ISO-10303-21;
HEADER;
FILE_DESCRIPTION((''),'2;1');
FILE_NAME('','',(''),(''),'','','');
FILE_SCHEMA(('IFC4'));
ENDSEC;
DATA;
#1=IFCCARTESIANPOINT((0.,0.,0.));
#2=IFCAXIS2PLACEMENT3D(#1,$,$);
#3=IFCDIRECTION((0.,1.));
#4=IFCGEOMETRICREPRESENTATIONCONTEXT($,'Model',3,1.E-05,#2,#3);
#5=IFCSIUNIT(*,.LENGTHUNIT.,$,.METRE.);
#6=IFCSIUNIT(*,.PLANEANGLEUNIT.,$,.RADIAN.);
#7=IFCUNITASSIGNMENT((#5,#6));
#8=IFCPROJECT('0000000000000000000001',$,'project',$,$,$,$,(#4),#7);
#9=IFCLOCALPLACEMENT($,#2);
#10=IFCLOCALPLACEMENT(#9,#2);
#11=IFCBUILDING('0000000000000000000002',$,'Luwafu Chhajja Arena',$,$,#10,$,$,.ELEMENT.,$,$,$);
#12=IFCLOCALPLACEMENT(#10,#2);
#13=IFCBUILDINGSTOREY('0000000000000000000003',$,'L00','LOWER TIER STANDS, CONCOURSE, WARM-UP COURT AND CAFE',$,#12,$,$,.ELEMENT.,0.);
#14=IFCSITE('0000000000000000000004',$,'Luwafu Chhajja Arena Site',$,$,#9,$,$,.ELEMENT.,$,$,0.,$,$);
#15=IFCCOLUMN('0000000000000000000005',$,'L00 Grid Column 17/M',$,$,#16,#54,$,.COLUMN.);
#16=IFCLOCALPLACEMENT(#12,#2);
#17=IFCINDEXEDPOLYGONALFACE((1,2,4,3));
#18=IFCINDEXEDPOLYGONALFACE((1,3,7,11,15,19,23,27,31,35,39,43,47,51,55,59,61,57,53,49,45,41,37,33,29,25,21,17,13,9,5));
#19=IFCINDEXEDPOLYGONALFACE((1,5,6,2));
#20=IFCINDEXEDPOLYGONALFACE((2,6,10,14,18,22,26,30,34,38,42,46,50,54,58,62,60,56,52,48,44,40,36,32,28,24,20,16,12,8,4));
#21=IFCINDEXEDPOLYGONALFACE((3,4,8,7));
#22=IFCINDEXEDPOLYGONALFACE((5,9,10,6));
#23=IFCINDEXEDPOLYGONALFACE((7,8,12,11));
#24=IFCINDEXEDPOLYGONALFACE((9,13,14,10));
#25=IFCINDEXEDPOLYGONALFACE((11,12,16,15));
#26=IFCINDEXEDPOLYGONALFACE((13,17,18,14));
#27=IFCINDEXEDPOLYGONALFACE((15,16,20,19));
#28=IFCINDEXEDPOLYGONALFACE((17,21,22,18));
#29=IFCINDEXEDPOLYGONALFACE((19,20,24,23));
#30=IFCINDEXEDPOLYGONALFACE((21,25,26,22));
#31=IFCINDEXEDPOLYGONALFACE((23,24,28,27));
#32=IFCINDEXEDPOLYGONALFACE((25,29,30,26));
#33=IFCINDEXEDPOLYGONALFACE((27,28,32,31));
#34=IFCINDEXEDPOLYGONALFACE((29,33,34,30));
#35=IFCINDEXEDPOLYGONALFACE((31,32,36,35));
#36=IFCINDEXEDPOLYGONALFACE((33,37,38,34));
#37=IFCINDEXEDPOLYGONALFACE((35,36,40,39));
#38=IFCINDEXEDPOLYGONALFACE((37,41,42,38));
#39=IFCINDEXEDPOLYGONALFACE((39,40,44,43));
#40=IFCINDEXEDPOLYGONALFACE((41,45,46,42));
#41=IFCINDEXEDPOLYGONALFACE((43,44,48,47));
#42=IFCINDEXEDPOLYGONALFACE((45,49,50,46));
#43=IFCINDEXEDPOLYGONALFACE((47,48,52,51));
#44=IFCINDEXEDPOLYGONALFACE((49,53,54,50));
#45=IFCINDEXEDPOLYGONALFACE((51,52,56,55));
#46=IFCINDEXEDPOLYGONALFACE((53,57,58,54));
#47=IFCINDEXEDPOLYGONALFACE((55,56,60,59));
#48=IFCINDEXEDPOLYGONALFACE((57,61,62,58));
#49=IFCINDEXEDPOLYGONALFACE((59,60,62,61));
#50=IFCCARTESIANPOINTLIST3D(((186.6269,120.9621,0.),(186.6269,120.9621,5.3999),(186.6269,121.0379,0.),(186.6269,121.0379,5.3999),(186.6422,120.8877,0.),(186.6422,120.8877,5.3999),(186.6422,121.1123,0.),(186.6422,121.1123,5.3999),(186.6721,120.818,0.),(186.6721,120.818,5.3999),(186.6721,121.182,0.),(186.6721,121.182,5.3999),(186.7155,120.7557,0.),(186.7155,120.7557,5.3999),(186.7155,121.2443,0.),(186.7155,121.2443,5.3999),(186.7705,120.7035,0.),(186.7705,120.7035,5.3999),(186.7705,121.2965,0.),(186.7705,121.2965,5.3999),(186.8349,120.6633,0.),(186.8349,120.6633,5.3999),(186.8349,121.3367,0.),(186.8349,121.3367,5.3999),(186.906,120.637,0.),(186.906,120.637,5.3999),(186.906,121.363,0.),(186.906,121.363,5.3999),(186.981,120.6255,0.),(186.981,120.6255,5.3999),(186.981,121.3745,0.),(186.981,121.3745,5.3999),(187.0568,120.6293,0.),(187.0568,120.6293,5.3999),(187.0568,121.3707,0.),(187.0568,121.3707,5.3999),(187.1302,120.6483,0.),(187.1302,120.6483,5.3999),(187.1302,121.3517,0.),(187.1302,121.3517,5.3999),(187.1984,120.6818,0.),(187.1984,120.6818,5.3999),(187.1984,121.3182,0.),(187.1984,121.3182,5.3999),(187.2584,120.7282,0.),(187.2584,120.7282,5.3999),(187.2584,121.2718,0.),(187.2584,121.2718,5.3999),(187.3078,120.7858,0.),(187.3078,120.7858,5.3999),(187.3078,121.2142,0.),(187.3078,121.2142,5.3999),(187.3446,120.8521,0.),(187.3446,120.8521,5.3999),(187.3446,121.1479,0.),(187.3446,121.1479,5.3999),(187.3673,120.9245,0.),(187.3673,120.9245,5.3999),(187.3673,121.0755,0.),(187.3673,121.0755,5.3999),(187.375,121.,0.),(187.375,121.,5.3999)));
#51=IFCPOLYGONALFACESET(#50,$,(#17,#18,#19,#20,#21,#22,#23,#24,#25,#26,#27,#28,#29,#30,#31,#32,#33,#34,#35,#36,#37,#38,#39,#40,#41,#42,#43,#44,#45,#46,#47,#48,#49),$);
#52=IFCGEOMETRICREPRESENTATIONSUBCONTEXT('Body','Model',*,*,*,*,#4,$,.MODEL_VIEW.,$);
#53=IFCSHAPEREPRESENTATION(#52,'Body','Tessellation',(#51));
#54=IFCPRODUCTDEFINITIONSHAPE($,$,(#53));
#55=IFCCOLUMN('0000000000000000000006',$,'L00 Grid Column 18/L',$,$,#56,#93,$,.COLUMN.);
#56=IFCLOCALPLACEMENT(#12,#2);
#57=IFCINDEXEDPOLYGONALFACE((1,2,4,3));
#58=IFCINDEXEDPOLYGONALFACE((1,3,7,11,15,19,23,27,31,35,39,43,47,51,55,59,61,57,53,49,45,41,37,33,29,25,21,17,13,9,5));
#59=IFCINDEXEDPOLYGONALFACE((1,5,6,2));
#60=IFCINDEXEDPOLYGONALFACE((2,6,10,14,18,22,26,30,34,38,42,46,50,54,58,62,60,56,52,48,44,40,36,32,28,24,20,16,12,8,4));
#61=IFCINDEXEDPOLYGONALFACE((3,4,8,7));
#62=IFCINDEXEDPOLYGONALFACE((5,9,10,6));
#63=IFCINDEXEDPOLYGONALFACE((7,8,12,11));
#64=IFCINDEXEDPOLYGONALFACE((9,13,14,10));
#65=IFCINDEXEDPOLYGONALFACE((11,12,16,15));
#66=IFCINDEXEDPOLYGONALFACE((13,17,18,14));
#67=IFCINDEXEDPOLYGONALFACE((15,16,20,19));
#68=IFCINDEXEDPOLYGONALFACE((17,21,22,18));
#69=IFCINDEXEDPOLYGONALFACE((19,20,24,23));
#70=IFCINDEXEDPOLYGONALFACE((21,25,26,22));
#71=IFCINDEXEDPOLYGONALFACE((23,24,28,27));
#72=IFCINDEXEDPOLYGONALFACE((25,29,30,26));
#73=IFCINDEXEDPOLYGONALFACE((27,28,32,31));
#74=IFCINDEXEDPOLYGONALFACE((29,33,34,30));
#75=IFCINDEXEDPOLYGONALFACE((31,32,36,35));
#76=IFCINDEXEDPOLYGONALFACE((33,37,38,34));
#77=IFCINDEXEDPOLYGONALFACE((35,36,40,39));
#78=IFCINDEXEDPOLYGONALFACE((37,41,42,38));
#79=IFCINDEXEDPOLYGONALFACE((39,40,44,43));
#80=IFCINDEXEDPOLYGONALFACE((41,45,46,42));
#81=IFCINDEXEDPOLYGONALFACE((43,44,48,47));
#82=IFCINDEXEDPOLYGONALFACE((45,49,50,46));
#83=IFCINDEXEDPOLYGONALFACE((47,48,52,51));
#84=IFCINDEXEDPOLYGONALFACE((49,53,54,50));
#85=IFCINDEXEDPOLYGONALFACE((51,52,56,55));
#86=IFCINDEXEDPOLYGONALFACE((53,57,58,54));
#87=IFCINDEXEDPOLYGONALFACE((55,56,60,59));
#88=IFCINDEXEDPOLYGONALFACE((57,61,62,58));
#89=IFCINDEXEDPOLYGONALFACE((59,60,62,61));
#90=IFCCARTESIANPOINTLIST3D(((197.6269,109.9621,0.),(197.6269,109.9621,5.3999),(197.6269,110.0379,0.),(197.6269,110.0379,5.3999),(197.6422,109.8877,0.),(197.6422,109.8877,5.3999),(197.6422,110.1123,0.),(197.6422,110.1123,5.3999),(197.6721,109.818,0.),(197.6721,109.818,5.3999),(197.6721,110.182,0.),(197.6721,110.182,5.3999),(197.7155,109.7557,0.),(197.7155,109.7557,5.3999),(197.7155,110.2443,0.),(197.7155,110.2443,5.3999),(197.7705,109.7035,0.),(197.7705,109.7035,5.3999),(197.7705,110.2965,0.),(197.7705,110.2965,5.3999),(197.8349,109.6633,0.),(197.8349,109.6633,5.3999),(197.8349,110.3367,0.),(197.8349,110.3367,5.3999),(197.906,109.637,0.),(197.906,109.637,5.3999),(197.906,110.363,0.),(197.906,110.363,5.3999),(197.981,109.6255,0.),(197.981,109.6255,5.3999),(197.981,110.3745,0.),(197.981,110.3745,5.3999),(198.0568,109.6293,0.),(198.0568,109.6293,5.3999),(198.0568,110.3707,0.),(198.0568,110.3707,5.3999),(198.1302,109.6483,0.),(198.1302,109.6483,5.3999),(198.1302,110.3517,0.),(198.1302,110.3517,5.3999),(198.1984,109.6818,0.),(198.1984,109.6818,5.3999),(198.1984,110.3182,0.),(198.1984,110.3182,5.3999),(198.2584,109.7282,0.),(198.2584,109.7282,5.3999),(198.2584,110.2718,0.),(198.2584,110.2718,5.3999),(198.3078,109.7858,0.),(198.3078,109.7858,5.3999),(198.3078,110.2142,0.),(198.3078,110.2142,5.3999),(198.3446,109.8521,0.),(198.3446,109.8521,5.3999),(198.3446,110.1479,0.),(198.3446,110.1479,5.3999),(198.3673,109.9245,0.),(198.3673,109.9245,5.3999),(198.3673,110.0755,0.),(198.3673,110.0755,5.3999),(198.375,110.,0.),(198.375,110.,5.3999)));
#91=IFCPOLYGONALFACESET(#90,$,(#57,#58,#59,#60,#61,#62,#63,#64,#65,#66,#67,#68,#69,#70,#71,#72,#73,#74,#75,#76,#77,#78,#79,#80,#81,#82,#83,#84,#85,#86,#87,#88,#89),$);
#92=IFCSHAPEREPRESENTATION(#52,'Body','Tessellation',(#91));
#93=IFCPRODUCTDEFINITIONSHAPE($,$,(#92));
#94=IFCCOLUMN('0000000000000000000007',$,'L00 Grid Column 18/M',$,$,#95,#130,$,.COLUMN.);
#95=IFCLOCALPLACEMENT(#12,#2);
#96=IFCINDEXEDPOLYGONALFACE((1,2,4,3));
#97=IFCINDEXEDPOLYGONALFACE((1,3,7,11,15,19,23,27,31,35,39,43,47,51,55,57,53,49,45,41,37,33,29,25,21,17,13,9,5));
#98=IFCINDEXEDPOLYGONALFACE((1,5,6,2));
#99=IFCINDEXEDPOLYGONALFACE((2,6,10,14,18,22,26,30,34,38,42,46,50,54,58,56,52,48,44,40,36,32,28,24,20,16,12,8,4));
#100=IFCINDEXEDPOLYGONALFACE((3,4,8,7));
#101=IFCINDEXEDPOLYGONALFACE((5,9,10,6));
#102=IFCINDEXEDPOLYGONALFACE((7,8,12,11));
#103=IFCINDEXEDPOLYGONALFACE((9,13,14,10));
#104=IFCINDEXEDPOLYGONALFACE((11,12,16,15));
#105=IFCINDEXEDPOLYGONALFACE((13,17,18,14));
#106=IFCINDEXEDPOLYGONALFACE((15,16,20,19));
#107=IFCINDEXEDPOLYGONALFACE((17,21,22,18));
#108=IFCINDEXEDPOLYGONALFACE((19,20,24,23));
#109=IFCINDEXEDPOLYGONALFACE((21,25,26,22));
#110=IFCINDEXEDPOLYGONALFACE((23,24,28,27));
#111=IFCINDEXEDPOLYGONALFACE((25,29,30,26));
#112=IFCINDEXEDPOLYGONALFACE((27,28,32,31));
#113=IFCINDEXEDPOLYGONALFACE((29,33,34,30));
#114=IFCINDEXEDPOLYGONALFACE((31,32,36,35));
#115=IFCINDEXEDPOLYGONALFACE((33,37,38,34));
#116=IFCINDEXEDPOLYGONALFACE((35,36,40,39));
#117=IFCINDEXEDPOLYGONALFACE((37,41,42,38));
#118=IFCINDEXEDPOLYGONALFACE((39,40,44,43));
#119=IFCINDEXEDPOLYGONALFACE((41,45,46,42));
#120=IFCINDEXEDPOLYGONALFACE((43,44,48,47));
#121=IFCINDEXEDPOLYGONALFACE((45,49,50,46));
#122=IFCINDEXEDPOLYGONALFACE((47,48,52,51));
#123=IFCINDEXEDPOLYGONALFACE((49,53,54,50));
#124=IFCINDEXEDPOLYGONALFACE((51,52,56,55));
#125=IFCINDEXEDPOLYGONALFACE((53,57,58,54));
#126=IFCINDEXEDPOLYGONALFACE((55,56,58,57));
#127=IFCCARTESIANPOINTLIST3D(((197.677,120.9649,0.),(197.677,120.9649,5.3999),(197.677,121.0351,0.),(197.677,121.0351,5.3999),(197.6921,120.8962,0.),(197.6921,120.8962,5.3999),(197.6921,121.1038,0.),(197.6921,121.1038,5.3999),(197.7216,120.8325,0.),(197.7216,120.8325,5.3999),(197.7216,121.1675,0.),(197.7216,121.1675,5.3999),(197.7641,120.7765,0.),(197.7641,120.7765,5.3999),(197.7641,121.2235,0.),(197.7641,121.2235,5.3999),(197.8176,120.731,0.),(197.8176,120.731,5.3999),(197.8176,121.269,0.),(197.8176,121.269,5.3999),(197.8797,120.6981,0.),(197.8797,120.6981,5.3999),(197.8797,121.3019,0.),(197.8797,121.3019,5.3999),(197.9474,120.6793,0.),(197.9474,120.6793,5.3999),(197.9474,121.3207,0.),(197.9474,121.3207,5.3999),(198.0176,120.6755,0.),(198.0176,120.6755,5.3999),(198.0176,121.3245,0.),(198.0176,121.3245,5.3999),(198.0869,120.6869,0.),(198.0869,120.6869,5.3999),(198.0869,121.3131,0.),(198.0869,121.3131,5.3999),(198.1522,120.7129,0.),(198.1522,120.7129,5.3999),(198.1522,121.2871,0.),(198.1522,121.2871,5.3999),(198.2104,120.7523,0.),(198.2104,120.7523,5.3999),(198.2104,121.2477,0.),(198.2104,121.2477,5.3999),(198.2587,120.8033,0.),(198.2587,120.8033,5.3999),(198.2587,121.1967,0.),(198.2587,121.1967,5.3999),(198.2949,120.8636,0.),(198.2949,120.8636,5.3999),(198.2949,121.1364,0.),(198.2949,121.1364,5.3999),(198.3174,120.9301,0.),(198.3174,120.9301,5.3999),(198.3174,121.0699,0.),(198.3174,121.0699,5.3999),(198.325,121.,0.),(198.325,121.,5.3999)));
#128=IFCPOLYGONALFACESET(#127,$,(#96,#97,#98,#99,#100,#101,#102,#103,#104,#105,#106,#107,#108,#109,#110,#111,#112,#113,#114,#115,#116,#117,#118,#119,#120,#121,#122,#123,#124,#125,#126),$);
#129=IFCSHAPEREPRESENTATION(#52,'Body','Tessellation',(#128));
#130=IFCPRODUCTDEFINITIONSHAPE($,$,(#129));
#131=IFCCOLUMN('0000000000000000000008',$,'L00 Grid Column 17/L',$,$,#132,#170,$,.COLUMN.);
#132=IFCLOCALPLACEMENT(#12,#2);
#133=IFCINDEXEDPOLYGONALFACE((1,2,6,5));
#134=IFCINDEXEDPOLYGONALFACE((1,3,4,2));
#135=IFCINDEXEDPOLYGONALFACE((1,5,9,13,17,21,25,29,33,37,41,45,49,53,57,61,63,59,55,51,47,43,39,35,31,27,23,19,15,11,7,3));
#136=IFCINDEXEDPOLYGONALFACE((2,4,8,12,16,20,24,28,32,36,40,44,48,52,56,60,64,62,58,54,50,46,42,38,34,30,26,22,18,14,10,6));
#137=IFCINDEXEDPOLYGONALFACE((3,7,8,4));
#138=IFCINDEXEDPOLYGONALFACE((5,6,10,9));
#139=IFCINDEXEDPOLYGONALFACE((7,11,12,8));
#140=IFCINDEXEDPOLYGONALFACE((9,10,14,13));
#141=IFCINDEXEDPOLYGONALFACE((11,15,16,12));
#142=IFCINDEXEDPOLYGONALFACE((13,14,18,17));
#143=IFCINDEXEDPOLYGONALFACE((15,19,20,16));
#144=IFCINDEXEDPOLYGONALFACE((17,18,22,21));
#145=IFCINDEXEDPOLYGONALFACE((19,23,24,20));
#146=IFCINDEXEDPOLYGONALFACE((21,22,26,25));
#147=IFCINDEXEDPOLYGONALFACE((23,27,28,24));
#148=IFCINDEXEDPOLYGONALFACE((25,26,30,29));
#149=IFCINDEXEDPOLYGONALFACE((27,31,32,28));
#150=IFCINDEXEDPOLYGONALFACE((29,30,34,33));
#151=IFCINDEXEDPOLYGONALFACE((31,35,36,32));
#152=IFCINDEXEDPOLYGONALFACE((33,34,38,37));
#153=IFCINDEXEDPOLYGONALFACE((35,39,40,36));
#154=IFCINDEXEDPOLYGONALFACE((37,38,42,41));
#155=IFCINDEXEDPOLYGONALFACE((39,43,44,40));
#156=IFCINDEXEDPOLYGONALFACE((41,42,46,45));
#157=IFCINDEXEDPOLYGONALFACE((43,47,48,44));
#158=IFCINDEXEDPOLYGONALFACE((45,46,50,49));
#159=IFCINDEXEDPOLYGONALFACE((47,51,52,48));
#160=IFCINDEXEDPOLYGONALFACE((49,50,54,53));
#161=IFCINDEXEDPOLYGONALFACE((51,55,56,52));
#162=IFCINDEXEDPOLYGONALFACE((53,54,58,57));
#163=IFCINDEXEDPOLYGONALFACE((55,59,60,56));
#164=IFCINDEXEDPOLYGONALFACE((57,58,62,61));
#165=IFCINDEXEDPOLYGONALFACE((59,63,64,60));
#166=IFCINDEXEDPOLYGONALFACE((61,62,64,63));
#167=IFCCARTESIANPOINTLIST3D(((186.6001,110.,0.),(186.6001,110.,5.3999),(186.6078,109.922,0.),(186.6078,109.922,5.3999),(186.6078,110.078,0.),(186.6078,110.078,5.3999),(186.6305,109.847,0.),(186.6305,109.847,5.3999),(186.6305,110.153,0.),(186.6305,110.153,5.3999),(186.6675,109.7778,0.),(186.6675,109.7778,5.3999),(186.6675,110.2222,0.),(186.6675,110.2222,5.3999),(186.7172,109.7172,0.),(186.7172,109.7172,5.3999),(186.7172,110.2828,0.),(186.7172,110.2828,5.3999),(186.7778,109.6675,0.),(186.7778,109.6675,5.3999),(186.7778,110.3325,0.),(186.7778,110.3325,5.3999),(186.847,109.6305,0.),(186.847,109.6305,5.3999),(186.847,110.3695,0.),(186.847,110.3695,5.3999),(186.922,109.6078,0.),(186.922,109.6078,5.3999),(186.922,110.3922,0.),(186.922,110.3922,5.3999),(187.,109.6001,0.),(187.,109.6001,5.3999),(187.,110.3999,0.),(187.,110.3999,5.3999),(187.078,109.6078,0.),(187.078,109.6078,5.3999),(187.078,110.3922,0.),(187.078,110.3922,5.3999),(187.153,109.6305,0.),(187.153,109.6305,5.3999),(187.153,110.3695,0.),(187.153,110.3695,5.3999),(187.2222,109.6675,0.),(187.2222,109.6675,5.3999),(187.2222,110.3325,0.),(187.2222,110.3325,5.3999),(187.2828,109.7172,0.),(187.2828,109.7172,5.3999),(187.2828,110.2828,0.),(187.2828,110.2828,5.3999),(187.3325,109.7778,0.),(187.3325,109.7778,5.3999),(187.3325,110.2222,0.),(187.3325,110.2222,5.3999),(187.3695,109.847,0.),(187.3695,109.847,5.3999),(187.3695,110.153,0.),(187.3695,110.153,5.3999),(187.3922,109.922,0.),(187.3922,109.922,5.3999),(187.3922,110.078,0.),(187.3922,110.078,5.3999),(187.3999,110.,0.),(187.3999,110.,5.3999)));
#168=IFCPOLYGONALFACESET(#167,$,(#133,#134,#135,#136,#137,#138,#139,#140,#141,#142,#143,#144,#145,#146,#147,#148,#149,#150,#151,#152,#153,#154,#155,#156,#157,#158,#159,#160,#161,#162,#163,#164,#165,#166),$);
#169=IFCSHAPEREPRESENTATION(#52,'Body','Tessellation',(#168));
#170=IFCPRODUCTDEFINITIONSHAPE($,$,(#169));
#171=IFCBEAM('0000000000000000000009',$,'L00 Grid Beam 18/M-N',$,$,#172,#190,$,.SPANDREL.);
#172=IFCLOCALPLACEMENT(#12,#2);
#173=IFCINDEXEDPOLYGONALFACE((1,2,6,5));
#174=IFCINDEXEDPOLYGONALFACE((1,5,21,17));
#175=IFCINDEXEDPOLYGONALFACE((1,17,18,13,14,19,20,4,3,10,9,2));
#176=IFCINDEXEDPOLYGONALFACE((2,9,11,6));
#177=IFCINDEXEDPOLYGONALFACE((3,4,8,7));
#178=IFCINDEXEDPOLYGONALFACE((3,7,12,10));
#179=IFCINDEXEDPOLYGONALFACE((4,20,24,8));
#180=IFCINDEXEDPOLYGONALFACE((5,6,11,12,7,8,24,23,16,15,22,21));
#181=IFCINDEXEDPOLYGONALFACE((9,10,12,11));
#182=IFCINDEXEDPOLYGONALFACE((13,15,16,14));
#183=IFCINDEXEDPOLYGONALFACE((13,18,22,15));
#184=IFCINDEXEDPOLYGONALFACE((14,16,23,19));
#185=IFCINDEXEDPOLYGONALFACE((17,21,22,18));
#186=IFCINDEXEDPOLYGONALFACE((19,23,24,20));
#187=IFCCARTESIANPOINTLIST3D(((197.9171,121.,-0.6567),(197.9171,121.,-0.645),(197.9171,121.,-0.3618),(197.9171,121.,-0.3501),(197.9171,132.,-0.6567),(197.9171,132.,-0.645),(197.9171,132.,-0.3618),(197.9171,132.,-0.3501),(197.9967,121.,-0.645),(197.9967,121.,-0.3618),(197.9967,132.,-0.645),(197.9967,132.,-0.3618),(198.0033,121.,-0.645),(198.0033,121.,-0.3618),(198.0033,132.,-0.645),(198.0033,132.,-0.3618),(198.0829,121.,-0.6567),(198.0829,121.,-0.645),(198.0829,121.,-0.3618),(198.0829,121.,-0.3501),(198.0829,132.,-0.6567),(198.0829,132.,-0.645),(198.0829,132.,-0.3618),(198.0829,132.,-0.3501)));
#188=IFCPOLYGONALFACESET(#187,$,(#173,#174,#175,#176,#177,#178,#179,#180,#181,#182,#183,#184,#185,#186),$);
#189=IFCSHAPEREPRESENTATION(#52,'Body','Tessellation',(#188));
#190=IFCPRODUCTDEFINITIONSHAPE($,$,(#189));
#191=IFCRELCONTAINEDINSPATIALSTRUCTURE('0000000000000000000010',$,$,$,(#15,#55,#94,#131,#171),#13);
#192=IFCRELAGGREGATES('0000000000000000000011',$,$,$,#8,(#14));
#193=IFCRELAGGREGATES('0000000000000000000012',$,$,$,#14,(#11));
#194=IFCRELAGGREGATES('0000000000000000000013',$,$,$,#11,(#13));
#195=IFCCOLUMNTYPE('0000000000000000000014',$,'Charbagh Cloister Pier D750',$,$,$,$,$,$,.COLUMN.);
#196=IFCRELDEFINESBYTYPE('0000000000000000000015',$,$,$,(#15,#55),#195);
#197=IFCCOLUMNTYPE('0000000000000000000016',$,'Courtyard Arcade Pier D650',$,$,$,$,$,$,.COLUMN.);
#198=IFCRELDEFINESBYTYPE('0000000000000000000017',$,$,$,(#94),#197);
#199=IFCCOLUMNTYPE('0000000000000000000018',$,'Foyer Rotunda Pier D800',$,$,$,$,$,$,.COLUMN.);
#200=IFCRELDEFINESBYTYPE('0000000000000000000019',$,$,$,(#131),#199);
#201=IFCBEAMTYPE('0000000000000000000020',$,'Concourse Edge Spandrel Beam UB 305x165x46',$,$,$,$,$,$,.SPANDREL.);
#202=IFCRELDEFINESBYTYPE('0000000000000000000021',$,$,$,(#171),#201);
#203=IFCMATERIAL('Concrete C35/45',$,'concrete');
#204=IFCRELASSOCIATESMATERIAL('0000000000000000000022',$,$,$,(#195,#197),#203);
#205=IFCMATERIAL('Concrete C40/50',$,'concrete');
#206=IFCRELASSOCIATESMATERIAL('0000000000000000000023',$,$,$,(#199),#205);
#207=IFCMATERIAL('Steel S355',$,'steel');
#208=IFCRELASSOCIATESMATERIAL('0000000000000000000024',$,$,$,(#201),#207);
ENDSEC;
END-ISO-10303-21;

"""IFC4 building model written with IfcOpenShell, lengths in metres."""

from ifc_helpers import new_model, si_unit, direction, frame, origin, origin_2d, place, context, subcontext, project, spatial, circle, i_section, extrude, material, material_profile, profile_set, type_object, element, save


model = new_model("IFC4")

# Units and contexts
model_context = context("Model", 3, precision=1e-05, world=origin(), true_north=direction((0.0, 1.0)))
body_context = subcontext(model_context, "Body", "Model", "MODEL_VIEW")
ifc_project = project(units=[si_unit("LENGTHUNIT", "METRE"), si_unit("PLANEANGLEUNIT", "RADIAN")], contexts=[model_context])

# Site, building, storey
site_placement = place(None, origin())
site = spatial("IfcSite", under=ifc_project, at=site_placement, Name="Luwafu Chhajja Arena Site", CompositionType="ELEMENT", RefElevation=0.0)
building_placement = place(site_placement, origin())
building = spatial("IfcBuilding", under=site, at=building_placement, Name="Luwafu Chhajja Arena", CompositionType="ELEMENT")
storey_placement = place(building_placement, origin())
storey = spatial("IfcBuildingStorey", under=building, at=storey_placement, Name="L00", Description="LOWER TIER STANDS, CONCOURSE, WARM-UP COURT AND CAFE", CompositionType="ELEMENT", Elevation=0.0)

# Columns
ifc_material_1 = material(Name="Concrete C35/45", Category="concrete")
ifc_material_profile_1 = material_profile(ifc_material_1, circle(Radius=0.375, at=origin_2d()), Name="RC COL D750")
ifc_profile_set_1 = profile_set([ifc_material_profile_1], Name="Concrete C35/45")
column_type_1 = type_object("IfcColumnType", Name="Charbagh Cloister Pier D750", PredefinedType="COLUMN", material=ifc_profile_set_1)
for number, where, z_axis, x_axis, name in (
    (1, (187.0, 121.0, 0.0), (0.0, 0.0, 1.0), (1.0, 0.0, 0.0), "L00 Grid Column 17/M"),
    (2, (198.0, 110.0, 0.0), (0.0, 0.0, 1.0), (1.0, 0.0, 0.0), "L00 Grid Column 18/L"),
):
    element("IfcColumn", number, at=place(storey_placement, frame(where, z_axis=z_axis, x_axis=x_axis)), inside=storey, type_object=column_type_1, Name=name, PredefinedType="COLUMN", context=body_context, shape_type="SweptSolid", body=[
        extrude(circle(Radius=0.375, at=origin_2d()), origin(), (0.0, 0.0, 1.0), 5.3999),
    ])
ifc_material_profile_2 = material_profile(ifc_material_1, circle(Radius=0.325, at=origin_2d()), Name="RC COL D650")
ifc_profile_set_2 = profile_set([ifc_material_profile_2], Name="Concrete C35/45")
column_type_2 = type_object("IfcColumnType", Name="Courtyard Arcade Pier D650", PredefinedType="COLUMN", material=ifc_profile_set_2)
column_1_placement = place(storey_placement, frame((198.0, 121.0, 0.0), z_axis=(0.0, 0.0, 1.0), x_axis=(1.0, 0.0, 0.0)))
element("IfcColumn", 3, at=column_1_placement, inside=storey, type_object=column_type_2, Name="L00 Grid Column 18/M", PredefinedType="COLUMN", context=body_context, shape_type="SweptSolid", body=[
    extrude(circle(Radius=0.325, at=origin_2d()), origin(), (0.0, 0.0, 1.0), 5.3999),
])
ifc_material_2 = material(Name="Concrete C40/50", Category="concrete")
ifc_material_profile_3 = material_profile(ifc_material_2, circle(Radius=0.3999, at=origin_2d()), Name="RC COL D800")
ifc_profile_set_3 = profile_set([ifc_material_profile_3], Name="Concrete C40/50")
column_type_3 = type_object("IfcColumnType", Name="Foyer Rotunda Pier D800", PredefinedType="COLUMN", material=ifc_profile_set_3)
column_2_placement = place(storey_placement, frame((187.0, 110.0, 0.0), z_axis=(0.0, 0.0, 1.0), x_axis=(1.0, 0.0, 0.0)))
element("IfcColumn", 4, at=column_2_placement, inside=storey, type_object=column_type_3, Name="L00 Grid Column 17/L", PredefinedType="COLUMN", context=body_context, shape_type="SweptSolid", body=[
    extrude(circle(Radius=0.3999, at=origin_2d()), origin(), (0.0, 0.0, 1.0), 5.3999),
])

# Beam
ifc_material_3 = material(Name="Steel S355", Category="steel")
ifc_material_profile_4 = material_profile(ifc_material_3, i_section(OverallWidth=0.1658, OverallDepth=0.3066, WebThickness=0.0066, FlangeThickness=0.0117, at=origin_2d()), Name="UB 305x165x46")
ifc_profile_set_4 = profile_set([ifc_material_profile_4], Name="Steel S355")
beam_type_1 = type_object("IfcBeamType", Name="Concourse Edge Spandrel Beam UB 305x165x46", PredefinedType="SPANDREL", material=ifc_profile_set_4)
beam_1_placement = place(storey_placement, frame((198.0, 121.0, -0.5034), z_axis=(0.0, 1.0, 0.0), x_axis=(-1.0, 0.0, 0.0)))
element("IfcBeam", 5, at=beam_1_placement, inside=storey, type_object=beam_type_1, Name="L00 Grid Beam 18/M-N", PredefinedType="SPANDREL", context=body_context, shape_type="SweptSolid", body=[
    extrude(i_section(OverallWidth=0.1658, OverallDepth=0.3066, WebThickness=0.0066, FlangeThickness=0.0117, at=origin_2d()), origin(), (0.0, 0.0, 1.0), 11.0),
])

save(model, "model.ifc")
